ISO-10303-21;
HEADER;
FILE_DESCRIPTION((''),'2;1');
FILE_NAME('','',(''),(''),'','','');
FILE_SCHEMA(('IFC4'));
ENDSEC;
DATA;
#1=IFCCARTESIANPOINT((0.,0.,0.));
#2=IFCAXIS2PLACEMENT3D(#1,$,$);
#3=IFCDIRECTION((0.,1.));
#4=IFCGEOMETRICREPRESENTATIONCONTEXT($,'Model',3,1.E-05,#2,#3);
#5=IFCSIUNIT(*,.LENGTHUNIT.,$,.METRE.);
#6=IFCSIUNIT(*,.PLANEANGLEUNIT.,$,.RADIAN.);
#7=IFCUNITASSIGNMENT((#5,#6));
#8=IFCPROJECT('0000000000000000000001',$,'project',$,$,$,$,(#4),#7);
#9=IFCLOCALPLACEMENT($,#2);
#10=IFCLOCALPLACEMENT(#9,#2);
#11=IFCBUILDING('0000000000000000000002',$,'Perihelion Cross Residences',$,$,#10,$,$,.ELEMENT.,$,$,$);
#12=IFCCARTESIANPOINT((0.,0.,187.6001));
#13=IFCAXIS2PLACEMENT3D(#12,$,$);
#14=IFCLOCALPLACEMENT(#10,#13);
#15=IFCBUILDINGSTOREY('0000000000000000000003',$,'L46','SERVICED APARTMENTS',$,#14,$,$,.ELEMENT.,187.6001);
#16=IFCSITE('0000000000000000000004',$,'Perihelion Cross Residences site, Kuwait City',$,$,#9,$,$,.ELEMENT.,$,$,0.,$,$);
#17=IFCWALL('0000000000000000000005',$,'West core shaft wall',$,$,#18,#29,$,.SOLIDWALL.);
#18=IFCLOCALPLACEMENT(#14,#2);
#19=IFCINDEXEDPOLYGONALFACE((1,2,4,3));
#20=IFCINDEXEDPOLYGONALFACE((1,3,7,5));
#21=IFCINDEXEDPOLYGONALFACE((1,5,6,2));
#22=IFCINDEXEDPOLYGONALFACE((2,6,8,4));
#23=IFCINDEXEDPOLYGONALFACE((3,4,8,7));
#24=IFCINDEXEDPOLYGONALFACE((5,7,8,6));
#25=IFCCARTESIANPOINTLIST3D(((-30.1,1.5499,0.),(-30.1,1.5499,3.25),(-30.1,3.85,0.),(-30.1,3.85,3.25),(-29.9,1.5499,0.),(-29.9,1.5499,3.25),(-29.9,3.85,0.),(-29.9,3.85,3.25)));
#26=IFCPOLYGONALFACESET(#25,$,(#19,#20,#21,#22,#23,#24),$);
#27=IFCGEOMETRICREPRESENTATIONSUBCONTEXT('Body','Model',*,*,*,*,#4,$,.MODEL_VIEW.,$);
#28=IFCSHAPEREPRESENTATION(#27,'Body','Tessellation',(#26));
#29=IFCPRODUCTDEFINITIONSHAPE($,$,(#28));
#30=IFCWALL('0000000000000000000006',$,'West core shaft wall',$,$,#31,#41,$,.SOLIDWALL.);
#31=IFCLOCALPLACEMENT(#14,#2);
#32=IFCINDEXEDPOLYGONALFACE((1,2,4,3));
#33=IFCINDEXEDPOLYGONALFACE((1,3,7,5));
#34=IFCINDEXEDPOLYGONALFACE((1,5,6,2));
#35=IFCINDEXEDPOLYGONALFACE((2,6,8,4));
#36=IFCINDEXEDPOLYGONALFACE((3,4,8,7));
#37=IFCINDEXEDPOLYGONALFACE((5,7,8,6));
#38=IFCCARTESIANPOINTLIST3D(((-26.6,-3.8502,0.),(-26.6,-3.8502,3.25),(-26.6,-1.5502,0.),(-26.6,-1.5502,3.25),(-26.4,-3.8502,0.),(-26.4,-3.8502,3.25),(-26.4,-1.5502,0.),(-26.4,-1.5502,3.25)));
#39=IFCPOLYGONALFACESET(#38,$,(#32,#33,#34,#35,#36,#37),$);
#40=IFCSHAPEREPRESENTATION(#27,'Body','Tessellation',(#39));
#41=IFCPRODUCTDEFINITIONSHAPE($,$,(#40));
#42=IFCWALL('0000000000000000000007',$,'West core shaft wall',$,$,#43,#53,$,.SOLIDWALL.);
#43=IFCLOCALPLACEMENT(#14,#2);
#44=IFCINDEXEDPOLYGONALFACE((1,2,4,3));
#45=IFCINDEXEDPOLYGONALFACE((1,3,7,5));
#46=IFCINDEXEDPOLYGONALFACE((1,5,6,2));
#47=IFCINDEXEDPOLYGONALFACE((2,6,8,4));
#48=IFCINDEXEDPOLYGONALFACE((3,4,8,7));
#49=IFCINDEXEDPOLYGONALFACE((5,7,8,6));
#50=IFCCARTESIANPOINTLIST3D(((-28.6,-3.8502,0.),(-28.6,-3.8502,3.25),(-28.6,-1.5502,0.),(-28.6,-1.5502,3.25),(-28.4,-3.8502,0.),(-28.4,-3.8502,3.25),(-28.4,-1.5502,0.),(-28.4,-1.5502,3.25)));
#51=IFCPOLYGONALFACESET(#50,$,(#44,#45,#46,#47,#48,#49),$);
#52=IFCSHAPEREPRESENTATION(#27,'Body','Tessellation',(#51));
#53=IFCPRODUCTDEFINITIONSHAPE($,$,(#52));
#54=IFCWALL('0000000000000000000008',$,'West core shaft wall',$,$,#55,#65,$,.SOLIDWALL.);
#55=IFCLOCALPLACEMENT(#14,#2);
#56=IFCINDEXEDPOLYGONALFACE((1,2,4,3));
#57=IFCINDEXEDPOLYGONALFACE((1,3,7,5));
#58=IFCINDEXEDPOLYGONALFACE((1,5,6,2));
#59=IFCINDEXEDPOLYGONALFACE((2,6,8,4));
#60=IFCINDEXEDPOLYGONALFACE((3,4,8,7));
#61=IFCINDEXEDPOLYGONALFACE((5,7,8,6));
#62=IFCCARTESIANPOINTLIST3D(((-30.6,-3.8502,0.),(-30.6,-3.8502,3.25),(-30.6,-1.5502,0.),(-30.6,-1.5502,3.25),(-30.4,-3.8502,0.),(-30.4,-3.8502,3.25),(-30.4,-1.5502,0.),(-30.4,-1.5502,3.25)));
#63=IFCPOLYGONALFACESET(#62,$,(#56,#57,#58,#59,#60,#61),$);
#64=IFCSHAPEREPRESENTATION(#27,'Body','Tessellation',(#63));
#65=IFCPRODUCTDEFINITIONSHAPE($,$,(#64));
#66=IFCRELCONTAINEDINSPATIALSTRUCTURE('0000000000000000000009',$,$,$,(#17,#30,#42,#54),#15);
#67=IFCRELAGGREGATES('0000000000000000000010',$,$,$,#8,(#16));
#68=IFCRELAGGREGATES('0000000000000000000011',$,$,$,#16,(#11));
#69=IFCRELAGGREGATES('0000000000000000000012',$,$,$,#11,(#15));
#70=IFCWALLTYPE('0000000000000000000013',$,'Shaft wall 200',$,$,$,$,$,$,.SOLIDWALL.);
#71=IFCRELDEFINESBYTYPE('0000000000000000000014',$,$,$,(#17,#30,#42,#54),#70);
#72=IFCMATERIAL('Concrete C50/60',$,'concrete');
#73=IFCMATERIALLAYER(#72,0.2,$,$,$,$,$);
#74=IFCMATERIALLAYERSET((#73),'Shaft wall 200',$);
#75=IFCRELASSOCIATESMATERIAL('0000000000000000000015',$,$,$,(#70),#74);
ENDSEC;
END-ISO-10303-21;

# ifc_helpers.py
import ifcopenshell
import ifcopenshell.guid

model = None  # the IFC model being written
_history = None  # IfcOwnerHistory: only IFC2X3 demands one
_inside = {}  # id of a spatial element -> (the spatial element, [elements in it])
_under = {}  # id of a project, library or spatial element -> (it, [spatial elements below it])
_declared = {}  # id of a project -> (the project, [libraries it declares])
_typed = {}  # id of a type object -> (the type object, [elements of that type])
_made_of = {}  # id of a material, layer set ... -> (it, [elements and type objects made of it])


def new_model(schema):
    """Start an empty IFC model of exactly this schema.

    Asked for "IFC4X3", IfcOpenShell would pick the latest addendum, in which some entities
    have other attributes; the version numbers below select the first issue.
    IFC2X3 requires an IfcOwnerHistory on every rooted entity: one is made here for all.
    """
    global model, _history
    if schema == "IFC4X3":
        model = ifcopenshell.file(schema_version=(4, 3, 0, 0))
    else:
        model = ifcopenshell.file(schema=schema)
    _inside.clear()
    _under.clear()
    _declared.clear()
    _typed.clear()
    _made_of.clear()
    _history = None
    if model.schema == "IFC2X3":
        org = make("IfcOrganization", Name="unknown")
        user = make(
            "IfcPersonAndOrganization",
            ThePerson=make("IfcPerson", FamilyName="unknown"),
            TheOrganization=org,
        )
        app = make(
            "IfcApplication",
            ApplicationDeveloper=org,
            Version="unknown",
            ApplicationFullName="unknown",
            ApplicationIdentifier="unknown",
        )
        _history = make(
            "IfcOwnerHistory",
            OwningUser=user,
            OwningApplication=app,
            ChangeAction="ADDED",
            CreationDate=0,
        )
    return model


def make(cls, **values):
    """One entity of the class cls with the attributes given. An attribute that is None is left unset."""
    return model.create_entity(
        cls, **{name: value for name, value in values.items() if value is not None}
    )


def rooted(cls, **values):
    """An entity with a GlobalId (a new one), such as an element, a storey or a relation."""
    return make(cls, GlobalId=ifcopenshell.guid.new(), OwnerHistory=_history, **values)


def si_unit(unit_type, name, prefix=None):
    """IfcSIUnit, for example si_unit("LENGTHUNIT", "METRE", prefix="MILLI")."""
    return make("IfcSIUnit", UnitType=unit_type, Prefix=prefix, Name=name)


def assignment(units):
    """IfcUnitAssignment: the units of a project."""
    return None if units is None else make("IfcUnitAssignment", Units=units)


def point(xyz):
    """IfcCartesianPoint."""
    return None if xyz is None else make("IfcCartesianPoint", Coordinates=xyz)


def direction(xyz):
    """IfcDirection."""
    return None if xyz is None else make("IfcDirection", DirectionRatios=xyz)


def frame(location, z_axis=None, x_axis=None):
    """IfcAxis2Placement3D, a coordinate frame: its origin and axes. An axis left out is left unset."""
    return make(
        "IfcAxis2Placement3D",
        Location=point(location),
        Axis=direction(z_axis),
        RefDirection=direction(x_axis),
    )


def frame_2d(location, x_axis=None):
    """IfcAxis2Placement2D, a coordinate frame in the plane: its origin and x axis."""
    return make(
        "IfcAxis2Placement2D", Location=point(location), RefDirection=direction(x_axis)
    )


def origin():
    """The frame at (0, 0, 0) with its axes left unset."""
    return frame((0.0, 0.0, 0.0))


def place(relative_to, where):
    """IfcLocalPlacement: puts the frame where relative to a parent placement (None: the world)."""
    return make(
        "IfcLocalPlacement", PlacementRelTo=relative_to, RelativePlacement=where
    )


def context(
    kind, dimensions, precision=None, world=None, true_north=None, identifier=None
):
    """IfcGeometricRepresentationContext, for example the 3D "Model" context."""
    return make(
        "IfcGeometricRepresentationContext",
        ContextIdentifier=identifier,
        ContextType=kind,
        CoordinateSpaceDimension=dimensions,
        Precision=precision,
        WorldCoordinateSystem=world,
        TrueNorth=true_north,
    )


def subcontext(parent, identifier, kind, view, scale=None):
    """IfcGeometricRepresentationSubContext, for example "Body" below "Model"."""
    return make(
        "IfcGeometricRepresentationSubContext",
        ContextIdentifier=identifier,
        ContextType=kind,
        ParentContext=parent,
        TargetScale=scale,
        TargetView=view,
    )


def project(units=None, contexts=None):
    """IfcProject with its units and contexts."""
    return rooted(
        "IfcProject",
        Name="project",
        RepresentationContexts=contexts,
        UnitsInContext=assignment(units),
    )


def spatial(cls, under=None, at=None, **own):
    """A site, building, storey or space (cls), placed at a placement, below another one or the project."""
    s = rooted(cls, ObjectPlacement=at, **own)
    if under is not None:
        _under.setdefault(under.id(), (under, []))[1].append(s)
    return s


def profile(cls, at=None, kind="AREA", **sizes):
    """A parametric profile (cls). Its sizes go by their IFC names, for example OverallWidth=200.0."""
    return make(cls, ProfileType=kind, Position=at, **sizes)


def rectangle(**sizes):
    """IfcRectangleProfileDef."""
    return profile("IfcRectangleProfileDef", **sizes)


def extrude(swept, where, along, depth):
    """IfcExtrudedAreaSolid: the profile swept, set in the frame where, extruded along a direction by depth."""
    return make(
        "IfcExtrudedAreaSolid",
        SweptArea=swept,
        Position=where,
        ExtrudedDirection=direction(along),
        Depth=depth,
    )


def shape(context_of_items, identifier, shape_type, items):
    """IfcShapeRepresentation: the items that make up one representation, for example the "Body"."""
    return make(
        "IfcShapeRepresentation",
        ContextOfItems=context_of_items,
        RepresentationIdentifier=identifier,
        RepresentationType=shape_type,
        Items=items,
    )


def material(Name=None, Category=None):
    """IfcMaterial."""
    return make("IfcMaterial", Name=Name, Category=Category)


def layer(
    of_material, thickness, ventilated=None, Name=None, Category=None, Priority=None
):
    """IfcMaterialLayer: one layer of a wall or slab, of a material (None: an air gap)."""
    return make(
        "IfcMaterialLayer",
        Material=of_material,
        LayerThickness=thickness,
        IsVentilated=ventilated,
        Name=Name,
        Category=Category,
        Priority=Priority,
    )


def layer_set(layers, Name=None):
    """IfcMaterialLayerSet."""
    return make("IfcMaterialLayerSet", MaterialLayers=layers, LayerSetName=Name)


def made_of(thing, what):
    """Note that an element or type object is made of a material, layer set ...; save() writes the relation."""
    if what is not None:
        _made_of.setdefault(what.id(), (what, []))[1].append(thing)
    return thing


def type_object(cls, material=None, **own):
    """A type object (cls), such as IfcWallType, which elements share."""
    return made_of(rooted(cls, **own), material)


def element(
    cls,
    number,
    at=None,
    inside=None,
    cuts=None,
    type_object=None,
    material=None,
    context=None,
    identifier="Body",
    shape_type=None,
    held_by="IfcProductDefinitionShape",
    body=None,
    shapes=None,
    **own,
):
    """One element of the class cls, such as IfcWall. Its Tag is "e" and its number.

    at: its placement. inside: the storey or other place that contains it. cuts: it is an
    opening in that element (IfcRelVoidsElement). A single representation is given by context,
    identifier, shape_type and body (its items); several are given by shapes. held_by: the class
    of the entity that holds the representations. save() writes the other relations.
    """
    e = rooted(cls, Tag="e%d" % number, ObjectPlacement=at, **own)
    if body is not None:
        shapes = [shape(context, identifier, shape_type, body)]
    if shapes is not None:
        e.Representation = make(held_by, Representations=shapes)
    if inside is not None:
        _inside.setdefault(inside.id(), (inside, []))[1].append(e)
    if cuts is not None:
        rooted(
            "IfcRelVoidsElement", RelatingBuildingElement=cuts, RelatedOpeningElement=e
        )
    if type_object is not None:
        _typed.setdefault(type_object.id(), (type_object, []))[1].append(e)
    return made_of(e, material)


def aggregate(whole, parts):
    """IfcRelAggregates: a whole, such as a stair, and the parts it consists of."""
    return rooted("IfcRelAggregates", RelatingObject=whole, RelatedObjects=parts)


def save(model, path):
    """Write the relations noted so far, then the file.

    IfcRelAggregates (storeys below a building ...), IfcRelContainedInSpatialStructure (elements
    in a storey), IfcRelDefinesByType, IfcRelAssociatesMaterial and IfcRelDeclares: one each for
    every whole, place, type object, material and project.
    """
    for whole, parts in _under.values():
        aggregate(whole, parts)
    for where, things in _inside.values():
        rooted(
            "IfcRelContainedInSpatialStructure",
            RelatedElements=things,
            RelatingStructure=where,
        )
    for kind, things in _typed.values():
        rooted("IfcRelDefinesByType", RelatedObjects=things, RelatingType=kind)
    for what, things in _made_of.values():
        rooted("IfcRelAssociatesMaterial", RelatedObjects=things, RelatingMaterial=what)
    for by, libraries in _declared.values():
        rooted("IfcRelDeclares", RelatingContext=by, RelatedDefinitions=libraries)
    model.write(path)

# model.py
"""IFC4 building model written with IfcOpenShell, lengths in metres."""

from ifc_helpers import new_model, si_unit, direction, frame, frame_2d, origin, place, context, subcontext, project, spatial, rectangle, extrude, material, layer, layer_set, type_object, element, save


model = new_model("IFC4")

# Units and contexts
model_context = context("Model", 3, precision=1e-05, world=origin(), true_north=direction((0.0, 1.0)))
body_context = subcontext(model_context, "Body", "Model", "MODEL_VIEW")
ifc_project = project(units=[si_unit("LENGTHUNIT", "METRE"), si_unit("PLANEANGLEUNIT", "RADIAN")], contexts=[model_context])

# Site, building, storey
site_placement = place(None, origin())
site = spatial("IfcSite", under=ifc_project, at=site_placement, Name="Perihelion Cross Residences site, Kuwait City", CompositionType="ELEMENT", RefElevation=0.0)
building_placement = place(site_placement, origin())
building = spatial("IfcBuilding", under=site, at=building_placement, Name="Perihelion Cross Residences", CompositionType="ELEMENT")
storey_placement = place(building_placement, frame((0.0, 0.0, 187.6001)))
storey = spatial("IfcBuildingStorey", under=building, at=storey_placement, Name="L46", Description="SERVICED APARTMENTS", CompositionType="ELEMENT", Elevation=187.6001)

# Shared definitions
ifc_material_1 = material(Name="Concrete C50/60", Category="concrete")
ifc_layer_1 = layer(ifc_material_1, 0.2)
ifc_layer_set_1 = layer_set([ifc_layer_1], Name="Shaft wall 200")
wall_type_1 = type_object("IfcWallType", Name="Shaft wall 200", PredefinedType="SOLIDWALL", material=ifc_layer_set_1)

# Walls
for number, where, z_axis, x_axis, name in (
    (1, (-30.0, 1.55, 0.0), (0.0, 0.0, 1.0), (0.0, 1.0, 0.0), "West core shaft wall"),
    (2, (-26.5, -3.8501, 0.0), (0.0, 0.0, 1.0), (0.0, 1.0, 0.0), "West core shaft wall"),
    (3, (-28.5, -3.8501, 0.0), (0.0, 0.0, 1.0), (0.0, 1.0, 0.0), "West core shaft wall"),
    (4, (-30.5, -3.8501, 0.0), (0.0, 0.0, 1.0), (0.0, 1.0, 0.0), "West core shaft wall"),
):
    element("IfcWall", number, at=place(storey_placement, frame(where, z_axis=z_axis, x_axis=x_axis)), inside=storey, type_object=wall_type_1, Name=name, PredefinedType="SOLIDWALL", context=body_context, shape_type="SweptSolid", body=[
        extrude(rectangle(XDim=2.3, YDim=0.2, at=frame_2d((1.1499, 0.0))), origin(), (0.0, 0.0, 1.0), 3.25),
    ])

save(model, "model.ifc")
